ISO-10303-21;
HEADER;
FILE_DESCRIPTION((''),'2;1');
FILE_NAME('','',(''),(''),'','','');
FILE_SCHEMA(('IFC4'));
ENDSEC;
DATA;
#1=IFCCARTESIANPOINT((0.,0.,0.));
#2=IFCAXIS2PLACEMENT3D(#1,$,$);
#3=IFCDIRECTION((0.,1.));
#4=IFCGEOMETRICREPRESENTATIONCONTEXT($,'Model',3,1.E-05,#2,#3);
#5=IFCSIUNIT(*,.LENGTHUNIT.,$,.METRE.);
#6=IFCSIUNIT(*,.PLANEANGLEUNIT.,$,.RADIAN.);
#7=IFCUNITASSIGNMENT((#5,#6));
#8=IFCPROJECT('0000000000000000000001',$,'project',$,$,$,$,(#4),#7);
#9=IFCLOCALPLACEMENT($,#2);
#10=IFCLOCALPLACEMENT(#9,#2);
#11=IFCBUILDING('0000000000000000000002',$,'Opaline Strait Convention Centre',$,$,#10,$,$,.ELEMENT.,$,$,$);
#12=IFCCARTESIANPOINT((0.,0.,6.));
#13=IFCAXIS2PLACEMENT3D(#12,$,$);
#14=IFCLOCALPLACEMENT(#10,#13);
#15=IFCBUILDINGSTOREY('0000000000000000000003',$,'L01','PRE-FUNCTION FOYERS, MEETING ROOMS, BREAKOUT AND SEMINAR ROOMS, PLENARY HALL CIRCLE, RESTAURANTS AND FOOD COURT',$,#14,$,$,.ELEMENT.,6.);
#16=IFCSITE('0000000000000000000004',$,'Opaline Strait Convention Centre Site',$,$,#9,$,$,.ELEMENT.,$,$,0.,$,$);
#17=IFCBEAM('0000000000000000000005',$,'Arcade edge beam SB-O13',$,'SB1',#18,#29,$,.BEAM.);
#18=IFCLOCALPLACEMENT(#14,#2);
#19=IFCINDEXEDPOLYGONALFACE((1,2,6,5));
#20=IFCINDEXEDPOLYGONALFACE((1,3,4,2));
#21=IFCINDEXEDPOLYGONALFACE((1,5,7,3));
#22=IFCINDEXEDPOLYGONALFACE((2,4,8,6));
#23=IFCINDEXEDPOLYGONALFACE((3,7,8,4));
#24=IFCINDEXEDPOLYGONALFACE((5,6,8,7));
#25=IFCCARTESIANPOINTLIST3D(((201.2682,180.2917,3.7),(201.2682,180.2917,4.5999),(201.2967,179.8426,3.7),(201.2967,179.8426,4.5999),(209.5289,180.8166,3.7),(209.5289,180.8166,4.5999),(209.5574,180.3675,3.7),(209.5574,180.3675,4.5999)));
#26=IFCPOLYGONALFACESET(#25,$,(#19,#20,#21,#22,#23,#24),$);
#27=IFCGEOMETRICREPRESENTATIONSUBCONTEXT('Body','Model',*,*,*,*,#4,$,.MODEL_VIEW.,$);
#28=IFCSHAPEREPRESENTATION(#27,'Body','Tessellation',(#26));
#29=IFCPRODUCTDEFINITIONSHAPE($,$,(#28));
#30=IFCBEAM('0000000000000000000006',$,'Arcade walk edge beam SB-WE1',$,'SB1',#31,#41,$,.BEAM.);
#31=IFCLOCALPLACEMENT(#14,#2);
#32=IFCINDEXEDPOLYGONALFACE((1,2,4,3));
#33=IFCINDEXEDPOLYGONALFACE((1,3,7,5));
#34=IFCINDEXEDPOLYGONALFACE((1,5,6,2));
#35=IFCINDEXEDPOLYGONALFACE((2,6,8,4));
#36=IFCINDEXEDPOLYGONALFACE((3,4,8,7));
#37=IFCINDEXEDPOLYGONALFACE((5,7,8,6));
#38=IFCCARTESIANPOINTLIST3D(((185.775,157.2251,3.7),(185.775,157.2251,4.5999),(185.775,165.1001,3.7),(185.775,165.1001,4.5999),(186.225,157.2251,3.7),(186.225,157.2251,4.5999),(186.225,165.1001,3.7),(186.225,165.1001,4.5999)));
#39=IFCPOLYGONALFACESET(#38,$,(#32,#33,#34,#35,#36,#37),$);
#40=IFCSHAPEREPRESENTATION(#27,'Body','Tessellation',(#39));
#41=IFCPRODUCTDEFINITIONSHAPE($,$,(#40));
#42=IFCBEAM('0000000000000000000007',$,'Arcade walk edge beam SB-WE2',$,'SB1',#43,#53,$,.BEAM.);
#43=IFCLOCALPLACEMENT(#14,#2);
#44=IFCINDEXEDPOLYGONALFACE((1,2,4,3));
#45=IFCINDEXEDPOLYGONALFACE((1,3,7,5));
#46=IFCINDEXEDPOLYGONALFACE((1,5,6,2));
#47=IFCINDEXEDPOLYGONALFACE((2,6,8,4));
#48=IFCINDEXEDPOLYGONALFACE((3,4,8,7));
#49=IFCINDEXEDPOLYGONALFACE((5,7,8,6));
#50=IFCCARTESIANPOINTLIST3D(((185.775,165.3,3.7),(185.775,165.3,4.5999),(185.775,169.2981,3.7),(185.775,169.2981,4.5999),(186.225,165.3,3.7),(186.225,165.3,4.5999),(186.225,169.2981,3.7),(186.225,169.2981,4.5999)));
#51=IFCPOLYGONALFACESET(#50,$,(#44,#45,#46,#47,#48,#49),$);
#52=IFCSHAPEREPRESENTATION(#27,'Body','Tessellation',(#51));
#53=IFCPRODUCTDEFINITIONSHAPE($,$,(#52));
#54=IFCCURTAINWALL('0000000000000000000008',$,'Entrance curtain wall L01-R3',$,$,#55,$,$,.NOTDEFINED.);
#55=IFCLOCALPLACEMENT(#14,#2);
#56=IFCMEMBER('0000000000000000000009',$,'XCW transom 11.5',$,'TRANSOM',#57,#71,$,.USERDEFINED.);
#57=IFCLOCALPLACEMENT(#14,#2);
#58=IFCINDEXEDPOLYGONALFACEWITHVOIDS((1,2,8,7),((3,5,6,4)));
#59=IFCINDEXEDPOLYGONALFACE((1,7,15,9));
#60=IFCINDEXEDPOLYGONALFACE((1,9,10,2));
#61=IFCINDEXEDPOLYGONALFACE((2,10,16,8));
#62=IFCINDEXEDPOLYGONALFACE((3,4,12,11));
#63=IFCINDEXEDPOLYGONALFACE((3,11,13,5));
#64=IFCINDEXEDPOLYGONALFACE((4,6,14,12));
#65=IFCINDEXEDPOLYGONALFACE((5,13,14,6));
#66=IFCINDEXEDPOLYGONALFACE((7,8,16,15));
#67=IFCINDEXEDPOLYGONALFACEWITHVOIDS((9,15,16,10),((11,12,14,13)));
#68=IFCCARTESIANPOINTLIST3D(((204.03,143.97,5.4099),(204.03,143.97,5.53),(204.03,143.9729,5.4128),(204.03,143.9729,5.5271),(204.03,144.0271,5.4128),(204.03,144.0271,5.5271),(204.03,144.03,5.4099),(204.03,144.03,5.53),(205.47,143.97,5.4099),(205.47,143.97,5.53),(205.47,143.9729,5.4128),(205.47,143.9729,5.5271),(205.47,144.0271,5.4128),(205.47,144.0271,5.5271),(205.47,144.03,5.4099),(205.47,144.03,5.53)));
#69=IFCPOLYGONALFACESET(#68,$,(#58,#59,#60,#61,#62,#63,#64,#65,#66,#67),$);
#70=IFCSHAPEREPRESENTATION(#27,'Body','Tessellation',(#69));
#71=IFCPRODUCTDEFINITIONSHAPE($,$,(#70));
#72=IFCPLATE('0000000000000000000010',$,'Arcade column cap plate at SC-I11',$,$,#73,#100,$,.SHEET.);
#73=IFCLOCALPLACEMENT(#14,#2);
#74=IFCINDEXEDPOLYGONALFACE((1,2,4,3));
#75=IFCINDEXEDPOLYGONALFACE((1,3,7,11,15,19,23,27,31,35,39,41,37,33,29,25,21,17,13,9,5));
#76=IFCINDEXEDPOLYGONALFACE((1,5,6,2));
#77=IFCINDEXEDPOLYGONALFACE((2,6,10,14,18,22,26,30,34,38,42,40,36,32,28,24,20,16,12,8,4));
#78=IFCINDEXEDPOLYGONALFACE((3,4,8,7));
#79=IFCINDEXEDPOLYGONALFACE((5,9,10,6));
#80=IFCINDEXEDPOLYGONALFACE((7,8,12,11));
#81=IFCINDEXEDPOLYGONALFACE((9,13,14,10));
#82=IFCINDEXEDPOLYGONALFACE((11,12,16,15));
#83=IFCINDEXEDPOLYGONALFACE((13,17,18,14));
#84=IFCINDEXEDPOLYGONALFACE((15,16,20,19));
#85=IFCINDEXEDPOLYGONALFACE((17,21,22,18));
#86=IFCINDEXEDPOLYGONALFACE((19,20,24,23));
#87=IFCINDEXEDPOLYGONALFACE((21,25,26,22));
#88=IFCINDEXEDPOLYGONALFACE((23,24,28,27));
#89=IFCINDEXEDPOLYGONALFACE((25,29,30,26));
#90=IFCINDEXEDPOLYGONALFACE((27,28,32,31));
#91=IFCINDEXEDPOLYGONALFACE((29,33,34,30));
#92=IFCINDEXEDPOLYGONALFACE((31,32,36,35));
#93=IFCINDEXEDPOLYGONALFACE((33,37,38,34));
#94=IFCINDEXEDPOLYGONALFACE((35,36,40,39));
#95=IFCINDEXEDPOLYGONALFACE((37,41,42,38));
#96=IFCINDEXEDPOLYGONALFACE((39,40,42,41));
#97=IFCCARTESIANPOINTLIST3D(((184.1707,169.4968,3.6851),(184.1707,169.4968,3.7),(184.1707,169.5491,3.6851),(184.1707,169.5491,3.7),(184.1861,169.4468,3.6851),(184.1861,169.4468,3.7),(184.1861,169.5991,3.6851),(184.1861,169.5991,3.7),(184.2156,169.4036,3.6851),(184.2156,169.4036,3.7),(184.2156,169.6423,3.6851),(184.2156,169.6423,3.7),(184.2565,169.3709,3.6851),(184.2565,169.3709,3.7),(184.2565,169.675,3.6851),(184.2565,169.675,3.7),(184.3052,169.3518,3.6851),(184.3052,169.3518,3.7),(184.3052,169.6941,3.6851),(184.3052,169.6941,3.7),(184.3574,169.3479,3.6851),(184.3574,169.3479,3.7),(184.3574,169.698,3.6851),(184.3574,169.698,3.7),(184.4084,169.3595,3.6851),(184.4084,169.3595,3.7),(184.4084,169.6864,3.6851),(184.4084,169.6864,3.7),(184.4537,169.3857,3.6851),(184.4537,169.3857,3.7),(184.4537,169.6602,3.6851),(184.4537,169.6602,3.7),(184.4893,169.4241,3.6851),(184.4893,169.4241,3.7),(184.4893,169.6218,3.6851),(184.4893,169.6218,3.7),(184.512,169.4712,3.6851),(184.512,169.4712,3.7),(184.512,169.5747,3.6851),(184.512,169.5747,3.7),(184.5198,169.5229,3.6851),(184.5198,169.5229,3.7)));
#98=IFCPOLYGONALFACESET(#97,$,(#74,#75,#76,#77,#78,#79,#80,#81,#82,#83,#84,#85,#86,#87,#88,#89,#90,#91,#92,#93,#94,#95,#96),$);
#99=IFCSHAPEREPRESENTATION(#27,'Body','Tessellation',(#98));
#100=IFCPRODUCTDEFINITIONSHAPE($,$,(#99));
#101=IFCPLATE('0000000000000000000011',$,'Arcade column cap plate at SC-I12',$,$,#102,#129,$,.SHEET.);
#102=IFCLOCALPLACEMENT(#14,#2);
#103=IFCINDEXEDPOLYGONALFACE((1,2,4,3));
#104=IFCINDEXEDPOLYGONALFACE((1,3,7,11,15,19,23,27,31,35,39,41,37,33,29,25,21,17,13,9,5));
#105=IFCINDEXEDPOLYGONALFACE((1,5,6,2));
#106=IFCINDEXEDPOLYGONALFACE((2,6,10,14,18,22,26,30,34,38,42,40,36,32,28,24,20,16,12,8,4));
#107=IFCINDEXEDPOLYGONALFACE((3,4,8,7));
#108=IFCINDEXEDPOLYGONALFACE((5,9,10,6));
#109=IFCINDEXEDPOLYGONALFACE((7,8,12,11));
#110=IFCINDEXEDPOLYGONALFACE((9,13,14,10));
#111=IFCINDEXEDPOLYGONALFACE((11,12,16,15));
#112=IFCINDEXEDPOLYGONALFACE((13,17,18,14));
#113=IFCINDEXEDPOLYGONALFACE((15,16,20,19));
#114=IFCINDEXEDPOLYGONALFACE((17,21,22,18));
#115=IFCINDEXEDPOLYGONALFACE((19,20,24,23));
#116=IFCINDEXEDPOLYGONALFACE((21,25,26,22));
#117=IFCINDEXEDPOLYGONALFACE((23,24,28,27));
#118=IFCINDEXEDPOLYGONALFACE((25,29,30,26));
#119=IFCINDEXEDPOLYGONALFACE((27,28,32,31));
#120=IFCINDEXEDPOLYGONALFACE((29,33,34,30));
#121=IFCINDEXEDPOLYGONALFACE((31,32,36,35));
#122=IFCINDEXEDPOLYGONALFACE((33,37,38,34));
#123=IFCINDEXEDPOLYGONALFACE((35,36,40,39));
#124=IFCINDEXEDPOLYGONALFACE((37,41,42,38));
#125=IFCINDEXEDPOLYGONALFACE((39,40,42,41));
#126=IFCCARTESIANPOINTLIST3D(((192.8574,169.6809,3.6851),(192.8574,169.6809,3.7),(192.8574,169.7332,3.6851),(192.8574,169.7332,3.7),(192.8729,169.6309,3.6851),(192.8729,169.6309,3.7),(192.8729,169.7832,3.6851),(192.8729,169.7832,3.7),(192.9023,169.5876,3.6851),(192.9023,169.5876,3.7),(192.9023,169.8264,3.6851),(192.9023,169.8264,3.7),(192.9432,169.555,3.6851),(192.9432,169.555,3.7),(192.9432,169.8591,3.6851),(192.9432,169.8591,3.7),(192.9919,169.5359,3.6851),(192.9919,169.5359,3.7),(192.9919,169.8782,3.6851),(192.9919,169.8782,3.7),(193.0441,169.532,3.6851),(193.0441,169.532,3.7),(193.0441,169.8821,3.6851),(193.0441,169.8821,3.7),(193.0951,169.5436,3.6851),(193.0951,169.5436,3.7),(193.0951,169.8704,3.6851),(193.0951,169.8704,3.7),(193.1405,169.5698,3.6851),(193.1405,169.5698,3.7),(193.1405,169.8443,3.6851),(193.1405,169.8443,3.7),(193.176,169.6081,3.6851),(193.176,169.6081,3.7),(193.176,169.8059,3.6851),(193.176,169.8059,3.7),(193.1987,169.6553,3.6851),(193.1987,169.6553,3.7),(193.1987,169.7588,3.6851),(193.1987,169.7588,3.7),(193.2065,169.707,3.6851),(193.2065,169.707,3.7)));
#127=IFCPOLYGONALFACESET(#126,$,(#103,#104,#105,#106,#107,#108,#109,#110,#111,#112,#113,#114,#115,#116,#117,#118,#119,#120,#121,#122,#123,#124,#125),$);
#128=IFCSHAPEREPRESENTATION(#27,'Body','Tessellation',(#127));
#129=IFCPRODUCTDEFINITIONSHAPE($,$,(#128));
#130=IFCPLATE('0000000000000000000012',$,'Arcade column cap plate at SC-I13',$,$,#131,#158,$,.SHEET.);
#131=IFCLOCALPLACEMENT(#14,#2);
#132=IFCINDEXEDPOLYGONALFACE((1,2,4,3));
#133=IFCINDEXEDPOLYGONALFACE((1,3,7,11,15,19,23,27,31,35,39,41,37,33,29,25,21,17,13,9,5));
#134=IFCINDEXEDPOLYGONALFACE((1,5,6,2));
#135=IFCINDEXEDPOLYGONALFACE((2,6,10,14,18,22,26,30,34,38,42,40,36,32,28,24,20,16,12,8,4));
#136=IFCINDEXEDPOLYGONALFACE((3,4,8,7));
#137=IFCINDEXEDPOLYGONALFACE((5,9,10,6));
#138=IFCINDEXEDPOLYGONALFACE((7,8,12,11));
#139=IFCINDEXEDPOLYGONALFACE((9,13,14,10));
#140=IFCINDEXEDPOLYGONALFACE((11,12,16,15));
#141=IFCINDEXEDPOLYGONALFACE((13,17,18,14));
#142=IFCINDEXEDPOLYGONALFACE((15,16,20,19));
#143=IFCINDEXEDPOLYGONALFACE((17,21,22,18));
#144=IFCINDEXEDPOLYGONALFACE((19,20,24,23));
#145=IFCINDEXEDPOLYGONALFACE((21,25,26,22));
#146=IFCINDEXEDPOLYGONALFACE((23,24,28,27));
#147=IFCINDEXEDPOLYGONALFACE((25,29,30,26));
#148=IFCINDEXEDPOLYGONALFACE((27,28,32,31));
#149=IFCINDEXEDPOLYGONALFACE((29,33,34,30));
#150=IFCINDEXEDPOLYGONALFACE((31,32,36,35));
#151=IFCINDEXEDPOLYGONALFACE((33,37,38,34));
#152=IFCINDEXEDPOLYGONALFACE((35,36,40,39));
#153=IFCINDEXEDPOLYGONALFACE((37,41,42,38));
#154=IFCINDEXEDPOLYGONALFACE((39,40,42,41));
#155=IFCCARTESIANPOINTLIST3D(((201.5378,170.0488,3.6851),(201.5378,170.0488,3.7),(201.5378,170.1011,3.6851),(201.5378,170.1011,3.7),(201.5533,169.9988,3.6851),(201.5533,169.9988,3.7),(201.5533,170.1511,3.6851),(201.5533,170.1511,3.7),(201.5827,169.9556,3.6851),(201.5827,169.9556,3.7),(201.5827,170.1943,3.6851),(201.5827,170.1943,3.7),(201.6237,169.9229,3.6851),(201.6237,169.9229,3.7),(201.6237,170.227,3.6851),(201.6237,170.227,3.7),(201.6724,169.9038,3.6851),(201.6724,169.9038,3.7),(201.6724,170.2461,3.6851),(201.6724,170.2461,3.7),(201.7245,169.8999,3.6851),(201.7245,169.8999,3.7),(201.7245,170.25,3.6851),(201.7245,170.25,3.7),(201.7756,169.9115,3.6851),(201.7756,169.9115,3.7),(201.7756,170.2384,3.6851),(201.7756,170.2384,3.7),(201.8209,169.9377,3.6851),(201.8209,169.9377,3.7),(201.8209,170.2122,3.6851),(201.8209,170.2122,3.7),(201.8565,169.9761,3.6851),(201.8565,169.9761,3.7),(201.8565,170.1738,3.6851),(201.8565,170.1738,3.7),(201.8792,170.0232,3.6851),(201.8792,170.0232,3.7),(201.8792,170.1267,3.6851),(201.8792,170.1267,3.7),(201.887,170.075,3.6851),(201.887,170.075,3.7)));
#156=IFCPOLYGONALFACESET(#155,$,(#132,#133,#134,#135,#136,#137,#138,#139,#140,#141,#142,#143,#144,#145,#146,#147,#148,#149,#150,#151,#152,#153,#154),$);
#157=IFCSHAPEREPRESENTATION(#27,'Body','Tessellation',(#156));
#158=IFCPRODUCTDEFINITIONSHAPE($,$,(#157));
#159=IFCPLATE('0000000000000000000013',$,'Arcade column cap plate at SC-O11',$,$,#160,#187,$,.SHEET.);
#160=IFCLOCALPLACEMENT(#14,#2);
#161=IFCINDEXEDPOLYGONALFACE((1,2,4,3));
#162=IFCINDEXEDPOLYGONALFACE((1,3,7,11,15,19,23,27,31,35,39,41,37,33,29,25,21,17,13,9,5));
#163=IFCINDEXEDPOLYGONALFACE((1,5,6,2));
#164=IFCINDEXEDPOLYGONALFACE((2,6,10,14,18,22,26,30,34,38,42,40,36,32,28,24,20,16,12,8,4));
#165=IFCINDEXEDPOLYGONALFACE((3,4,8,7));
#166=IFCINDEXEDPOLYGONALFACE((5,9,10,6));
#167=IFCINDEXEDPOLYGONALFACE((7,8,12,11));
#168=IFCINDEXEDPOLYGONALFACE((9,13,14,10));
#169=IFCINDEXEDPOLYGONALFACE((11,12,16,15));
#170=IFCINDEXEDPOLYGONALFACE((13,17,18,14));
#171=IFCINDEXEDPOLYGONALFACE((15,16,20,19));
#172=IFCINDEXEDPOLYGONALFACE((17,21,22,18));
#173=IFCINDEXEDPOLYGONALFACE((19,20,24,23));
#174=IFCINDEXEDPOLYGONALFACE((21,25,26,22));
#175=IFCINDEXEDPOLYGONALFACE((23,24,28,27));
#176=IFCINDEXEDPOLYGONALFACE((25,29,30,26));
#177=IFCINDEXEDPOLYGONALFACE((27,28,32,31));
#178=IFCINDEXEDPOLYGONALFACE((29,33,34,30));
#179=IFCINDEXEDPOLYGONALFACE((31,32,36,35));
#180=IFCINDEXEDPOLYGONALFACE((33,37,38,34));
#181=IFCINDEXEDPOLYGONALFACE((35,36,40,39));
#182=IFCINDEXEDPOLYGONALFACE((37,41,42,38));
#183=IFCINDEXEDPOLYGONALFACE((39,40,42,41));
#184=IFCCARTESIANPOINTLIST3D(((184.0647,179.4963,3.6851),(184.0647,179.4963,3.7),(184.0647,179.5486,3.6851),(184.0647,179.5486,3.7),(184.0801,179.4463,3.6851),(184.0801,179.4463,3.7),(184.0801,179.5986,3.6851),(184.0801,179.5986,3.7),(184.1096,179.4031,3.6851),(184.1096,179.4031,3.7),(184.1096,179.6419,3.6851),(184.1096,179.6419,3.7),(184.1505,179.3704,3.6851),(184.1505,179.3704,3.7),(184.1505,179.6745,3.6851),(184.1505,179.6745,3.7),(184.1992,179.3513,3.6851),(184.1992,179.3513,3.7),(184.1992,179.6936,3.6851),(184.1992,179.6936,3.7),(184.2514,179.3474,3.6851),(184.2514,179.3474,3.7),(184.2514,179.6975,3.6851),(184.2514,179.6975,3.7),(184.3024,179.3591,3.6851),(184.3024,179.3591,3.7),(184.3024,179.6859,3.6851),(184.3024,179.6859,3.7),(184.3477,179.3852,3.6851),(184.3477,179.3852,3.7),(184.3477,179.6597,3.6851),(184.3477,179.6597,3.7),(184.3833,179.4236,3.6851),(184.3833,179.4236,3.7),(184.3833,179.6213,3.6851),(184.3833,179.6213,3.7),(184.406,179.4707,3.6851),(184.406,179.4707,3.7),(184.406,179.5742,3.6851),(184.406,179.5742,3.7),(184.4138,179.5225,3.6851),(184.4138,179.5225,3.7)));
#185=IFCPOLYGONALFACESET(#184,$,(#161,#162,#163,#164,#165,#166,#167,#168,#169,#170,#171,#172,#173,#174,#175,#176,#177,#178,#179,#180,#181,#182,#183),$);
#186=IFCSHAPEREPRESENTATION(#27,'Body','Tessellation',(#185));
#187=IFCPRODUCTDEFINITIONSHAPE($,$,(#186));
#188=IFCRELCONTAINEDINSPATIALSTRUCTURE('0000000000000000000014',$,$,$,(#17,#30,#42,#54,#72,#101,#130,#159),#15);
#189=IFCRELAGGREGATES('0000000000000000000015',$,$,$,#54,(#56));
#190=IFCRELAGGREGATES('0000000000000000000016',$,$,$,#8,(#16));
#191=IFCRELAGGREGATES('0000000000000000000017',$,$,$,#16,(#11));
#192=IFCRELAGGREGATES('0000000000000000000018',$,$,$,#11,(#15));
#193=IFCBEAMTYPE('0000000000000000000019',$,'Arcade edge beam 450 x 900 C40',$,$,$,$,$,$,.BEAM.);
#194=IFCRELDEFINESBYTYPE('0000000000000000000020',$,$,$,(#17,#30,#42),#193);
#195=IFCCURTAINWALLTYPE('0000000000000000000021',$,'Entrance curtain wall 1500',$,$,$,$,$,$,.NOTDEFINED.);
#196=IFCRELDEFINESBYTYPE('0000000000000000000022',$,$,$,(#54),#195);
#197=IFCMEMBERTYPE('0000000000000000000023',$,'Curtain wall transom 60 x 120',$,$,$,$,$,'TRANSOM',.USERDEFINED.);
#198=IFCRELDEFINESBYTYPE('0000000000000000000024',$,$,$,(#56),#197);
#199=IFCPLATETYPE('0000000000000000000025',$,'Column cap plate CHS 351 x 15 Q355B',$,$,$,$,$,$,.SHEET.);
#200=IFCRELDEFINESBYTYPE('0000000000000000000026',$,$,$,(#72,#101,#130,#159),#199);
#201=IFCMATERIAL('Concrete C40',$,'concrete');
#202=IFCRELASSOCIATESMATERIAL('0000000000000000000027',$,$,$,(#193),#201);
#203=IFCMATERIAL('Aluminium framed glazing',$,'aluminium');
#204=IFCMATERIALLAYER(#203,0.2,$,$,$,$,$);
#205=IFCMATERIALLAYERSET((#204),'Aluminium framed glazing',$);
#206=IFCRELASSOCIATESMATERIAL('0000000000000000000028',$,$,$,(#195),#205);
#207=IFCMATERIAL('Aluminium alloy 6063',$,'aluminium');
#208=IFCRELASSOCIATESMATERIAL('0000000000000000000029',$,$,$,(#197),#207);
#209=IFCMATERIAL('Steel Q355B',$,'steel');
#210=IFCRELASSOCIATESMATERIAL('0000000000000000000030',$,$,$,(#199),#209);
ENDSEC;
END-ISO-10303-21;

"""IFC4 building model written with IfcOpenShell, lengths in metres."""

from ifc_helpers import new_model, si_unit, direction, frame, origin, origin_2d, place, context, subcontext, project, spatial, rectangle, hollow_rectangle, circle, extrude, material, layer, layer_set, material_profile, profile_set, type_object, element, aggregate, save


model = new_model("IFC4")

# Units and contexts
model_context = context("Model", 3, precision=1e-05, world=origin(), true_north=direction((0.0, 1.0)))
body_context = subcontext(model_context, "Body", "Model", "MODEL_VIEW")
ifc_project = project(units=[si_unit("LENGTHUNIT", "METRE"), si_unit("PLANEANGLEUNIT", "RADIAN")], contexts=[model_context])

# Site, building, storey
site_placement = place(None, origin())
site = spatial("IfcSite", under=ifc_project, at=site_placement, Name="Opaline Strait Convention Centre Site", CompositionType="ELEMENT", RefElevation=0.0)
building_placement = place(site_placement, origin())
building = spatial("IfcBuilding", under=site, at=building_placement, Name="Opaline Strait Convention Centre", CompositionType="ELEMENT")
storey_placement = place(building_placement, frame((0.0, 0.0, 6.0)))
storey = spatial("IfcBuildingStorey", under=building, at=storey_placement, Name="L01", Description="PRE-FUNCTION FOYERS, MEETING ROOMS, BREAKOUT AND SEMINAR ROOMS, PLENARY HALL CIRCLE, RESTAURANTS AND FOOD COURT", CompositionType="ELEMENT", Elevation=6.0)

# Shared definitions
ifc_material_1 = material(Name="Steel Q355B", Category="steel")

# Beams
ifc_material_2 = material(Name="Concrete C40", Category="concrete")
ifc_material_profile_1 = material_profile(ifc_material_2, rectangle(XDim=0.45, YDim=0.8999, at=origin_2d()), Name="RC 450x900")
ifc_profile_set_1 = profile_set([ifc_material_profile_1], Name="Concrete C40")
beam_type = type_object("IfcBeamType", Name="Arcade edge beam 450 x 900 C40", PredefinedType="BEAM", material=ifc_profile_set_1)
beam_1_placement = place(storey_placement, frame((201.2825, 180.0671, 4.1499), z_axis=(0.997987, 0.063414, 0.0), x_axis=(-0.063414, 0.997987, 0.0)))
element("IfcBeam", 1, at=beam_1_placement, inside=storey, type_object=beam_type, Name="Arcade edge beam SB-O13", ObjectType="SB1", PredefinedType="BEAM", context=body_context, shape_type="SweptSolid", body=[
    extrude(rectangle(XDim=0.45, YDim=0.8999, at=origin_2d()), origin(), (0.0, 0.0, 1.0), 8.2773),
])
beam_2_placement = place(storey_placement, frame((186.0, 157.2251, 4.1499), z_axis=(0.0, 1.0, 0.0), x_axis=(-1.0, 0.0, 0.0)))
element("IfcBeam", 2, at=beam_2_placement, inside=storey, type_object=beam_type, Name="Arcade walk edge beam SB-WE1", ObjectType="SB1", PredefinedType="BEAM", context=body_context, shape_type="SweptSolid", body=[
    extrude(rectangle(XDim=0.45, YDim=0.8999, at=origin_2d()), origin(), (0.0, 0.0, 1.0), 7.875),
])
beam_3_placement = place(storey_placement, frame((186.0, 165.3, 4.1499), z_axis=(0.0, 1.0, 0.0), x_axis=(-1.0, 0.0, 0.0)))
element("IfcBeam", 3, at=beam_3_placement, inside=storey, type_object=beam_type, Name="Arcade walk edge beam SB-WE2", ObjectType="SB1", PredefinedType="BEAM", context=body_context, shape_type="SweptSolid", body=[
    extrude(rectangle(XDim=0.45, YDim=0.8999, at=origin_2d()), origin(), (0.0, 0.0, 1.0), 3.998),
])

# Curtain wall, member
ifc_material_3 = material(Name="Aluminium framed glazing", Category="aluminium")
ifc_layer = layer(ifc_material_3, 0.2)
ifc_layer_set = layer_set([ifc_layer], Name="Aluminium framed glazing")
curtain_wall_type = type_object("IfcCurtainWallType", Name="Entrance curtain wall 1500", PredefinedType="NOTDEFINED", material=ifc_layer_set)
curtain_wall_placement = place(storey_placement, origin())
curtain_wall = element("IfcCurtainWall", 4, at=curtain_wall_placement, inside=storey, type_object=curtain_wall_type, Name="Entrance curtain wall L01-R3", PredefinedType="NOTDEFINED")
ifc_material_4 = material(Name="Aluminium alloy 6063", Category="aluminium")
ifc_material_profile_2 = material_profile(ifc_material_4, hollow_rectangle(XDim=0.0601, YDim=0.1201, WallThickness=0.0029, at=origin_2d()), Name="TRANSOM 60x120x3")
ifc_profile_set_2 = profile_set([ifc_material_profile_2], Name="Aluminium alloy 6063")
member_type = type_object("IfcMemberType", Name="Curtain wall transom 60 x 120", ElementType="TRANSOM", PredefinedType="USERDEFINED", material=ifc_profile_set_2)
member_placement = place(storey_placement, frame((204.03, 144.0, 5.47), z_axis=(1.0, 0.0, 0.0), x_axis=(0.0, 1.0, 0.0)))
member = element("IfcMember", 5, at=member_placement, type_object=member_type, Name="XCW transom 11.5", ObjectType="TRANSOM", PredefinedType="USERDEFINED", context=body_context, shape_type="SweptSolid", body=[
    extrude(hollow_rectangle(XDim=0.0601, YDim=0.1201, WallThickness=0.0029, at=origin_2d()), origin(), (0.0, 0.0, 1.0), 1.4399),
])
aggregate(curtain_wall, [member])

# Plates
ifc_material_profile_3 = material_profile(ifc_material_1, circle(Radius=0.1755, at=origin_2d()), Name="D351")
ifc_profile_set_3 = profile_set([ifc_material_profile_3], Name="Steel Q355B")
plate_type = type_object("IfcPlateType", Name="Column cap plate CHS 351 x 15 Q355B", PredefinedType="SHEET", material=ifc_profile_set_3)
for number, where, z_axis, x_axis, name in (
    (6, (184.3442, 169.5229, 3.6851), (0.0, 0.0, 1.0), (1.0, 0.0, 0.0), "Arcade column cap plate at SC-I11"),
    (7, (193.031, 169.707, 3.6851), (0.0, 0.0, 1.0), (1.0, 0.0, 0.0), "Arcade column cap plate at SC-I12"),
    (8, (201.7114, 170.075, 3.6851), (0.0, 0.0, 1.0), (1.0, 0.0, 0.0), "Arcade column cap plate at SC-I13"),
    (9, (184.2383, 179.5225, 3.6851), (0.0, 0.0, 1.0), (1.0, 0.0, 0.0), "Arcade column cap plate at SC-O11"),
):
    element("IfcPlate", number, at=place(storey_placement, frame(where, z_axis=z_axis, x_axis=x_axis)), inside=storey, type_object=plate_type, Name=name, PredefinedType="SHEET", context=body_context, shape_type="SweptSolid", body=[
        extrude(circle(Radius=0.1755, at=origin_2d()), origin(), (0.0, 0.0, 1.0), 0.0149),
    ])

save(model, "model.ifc")
